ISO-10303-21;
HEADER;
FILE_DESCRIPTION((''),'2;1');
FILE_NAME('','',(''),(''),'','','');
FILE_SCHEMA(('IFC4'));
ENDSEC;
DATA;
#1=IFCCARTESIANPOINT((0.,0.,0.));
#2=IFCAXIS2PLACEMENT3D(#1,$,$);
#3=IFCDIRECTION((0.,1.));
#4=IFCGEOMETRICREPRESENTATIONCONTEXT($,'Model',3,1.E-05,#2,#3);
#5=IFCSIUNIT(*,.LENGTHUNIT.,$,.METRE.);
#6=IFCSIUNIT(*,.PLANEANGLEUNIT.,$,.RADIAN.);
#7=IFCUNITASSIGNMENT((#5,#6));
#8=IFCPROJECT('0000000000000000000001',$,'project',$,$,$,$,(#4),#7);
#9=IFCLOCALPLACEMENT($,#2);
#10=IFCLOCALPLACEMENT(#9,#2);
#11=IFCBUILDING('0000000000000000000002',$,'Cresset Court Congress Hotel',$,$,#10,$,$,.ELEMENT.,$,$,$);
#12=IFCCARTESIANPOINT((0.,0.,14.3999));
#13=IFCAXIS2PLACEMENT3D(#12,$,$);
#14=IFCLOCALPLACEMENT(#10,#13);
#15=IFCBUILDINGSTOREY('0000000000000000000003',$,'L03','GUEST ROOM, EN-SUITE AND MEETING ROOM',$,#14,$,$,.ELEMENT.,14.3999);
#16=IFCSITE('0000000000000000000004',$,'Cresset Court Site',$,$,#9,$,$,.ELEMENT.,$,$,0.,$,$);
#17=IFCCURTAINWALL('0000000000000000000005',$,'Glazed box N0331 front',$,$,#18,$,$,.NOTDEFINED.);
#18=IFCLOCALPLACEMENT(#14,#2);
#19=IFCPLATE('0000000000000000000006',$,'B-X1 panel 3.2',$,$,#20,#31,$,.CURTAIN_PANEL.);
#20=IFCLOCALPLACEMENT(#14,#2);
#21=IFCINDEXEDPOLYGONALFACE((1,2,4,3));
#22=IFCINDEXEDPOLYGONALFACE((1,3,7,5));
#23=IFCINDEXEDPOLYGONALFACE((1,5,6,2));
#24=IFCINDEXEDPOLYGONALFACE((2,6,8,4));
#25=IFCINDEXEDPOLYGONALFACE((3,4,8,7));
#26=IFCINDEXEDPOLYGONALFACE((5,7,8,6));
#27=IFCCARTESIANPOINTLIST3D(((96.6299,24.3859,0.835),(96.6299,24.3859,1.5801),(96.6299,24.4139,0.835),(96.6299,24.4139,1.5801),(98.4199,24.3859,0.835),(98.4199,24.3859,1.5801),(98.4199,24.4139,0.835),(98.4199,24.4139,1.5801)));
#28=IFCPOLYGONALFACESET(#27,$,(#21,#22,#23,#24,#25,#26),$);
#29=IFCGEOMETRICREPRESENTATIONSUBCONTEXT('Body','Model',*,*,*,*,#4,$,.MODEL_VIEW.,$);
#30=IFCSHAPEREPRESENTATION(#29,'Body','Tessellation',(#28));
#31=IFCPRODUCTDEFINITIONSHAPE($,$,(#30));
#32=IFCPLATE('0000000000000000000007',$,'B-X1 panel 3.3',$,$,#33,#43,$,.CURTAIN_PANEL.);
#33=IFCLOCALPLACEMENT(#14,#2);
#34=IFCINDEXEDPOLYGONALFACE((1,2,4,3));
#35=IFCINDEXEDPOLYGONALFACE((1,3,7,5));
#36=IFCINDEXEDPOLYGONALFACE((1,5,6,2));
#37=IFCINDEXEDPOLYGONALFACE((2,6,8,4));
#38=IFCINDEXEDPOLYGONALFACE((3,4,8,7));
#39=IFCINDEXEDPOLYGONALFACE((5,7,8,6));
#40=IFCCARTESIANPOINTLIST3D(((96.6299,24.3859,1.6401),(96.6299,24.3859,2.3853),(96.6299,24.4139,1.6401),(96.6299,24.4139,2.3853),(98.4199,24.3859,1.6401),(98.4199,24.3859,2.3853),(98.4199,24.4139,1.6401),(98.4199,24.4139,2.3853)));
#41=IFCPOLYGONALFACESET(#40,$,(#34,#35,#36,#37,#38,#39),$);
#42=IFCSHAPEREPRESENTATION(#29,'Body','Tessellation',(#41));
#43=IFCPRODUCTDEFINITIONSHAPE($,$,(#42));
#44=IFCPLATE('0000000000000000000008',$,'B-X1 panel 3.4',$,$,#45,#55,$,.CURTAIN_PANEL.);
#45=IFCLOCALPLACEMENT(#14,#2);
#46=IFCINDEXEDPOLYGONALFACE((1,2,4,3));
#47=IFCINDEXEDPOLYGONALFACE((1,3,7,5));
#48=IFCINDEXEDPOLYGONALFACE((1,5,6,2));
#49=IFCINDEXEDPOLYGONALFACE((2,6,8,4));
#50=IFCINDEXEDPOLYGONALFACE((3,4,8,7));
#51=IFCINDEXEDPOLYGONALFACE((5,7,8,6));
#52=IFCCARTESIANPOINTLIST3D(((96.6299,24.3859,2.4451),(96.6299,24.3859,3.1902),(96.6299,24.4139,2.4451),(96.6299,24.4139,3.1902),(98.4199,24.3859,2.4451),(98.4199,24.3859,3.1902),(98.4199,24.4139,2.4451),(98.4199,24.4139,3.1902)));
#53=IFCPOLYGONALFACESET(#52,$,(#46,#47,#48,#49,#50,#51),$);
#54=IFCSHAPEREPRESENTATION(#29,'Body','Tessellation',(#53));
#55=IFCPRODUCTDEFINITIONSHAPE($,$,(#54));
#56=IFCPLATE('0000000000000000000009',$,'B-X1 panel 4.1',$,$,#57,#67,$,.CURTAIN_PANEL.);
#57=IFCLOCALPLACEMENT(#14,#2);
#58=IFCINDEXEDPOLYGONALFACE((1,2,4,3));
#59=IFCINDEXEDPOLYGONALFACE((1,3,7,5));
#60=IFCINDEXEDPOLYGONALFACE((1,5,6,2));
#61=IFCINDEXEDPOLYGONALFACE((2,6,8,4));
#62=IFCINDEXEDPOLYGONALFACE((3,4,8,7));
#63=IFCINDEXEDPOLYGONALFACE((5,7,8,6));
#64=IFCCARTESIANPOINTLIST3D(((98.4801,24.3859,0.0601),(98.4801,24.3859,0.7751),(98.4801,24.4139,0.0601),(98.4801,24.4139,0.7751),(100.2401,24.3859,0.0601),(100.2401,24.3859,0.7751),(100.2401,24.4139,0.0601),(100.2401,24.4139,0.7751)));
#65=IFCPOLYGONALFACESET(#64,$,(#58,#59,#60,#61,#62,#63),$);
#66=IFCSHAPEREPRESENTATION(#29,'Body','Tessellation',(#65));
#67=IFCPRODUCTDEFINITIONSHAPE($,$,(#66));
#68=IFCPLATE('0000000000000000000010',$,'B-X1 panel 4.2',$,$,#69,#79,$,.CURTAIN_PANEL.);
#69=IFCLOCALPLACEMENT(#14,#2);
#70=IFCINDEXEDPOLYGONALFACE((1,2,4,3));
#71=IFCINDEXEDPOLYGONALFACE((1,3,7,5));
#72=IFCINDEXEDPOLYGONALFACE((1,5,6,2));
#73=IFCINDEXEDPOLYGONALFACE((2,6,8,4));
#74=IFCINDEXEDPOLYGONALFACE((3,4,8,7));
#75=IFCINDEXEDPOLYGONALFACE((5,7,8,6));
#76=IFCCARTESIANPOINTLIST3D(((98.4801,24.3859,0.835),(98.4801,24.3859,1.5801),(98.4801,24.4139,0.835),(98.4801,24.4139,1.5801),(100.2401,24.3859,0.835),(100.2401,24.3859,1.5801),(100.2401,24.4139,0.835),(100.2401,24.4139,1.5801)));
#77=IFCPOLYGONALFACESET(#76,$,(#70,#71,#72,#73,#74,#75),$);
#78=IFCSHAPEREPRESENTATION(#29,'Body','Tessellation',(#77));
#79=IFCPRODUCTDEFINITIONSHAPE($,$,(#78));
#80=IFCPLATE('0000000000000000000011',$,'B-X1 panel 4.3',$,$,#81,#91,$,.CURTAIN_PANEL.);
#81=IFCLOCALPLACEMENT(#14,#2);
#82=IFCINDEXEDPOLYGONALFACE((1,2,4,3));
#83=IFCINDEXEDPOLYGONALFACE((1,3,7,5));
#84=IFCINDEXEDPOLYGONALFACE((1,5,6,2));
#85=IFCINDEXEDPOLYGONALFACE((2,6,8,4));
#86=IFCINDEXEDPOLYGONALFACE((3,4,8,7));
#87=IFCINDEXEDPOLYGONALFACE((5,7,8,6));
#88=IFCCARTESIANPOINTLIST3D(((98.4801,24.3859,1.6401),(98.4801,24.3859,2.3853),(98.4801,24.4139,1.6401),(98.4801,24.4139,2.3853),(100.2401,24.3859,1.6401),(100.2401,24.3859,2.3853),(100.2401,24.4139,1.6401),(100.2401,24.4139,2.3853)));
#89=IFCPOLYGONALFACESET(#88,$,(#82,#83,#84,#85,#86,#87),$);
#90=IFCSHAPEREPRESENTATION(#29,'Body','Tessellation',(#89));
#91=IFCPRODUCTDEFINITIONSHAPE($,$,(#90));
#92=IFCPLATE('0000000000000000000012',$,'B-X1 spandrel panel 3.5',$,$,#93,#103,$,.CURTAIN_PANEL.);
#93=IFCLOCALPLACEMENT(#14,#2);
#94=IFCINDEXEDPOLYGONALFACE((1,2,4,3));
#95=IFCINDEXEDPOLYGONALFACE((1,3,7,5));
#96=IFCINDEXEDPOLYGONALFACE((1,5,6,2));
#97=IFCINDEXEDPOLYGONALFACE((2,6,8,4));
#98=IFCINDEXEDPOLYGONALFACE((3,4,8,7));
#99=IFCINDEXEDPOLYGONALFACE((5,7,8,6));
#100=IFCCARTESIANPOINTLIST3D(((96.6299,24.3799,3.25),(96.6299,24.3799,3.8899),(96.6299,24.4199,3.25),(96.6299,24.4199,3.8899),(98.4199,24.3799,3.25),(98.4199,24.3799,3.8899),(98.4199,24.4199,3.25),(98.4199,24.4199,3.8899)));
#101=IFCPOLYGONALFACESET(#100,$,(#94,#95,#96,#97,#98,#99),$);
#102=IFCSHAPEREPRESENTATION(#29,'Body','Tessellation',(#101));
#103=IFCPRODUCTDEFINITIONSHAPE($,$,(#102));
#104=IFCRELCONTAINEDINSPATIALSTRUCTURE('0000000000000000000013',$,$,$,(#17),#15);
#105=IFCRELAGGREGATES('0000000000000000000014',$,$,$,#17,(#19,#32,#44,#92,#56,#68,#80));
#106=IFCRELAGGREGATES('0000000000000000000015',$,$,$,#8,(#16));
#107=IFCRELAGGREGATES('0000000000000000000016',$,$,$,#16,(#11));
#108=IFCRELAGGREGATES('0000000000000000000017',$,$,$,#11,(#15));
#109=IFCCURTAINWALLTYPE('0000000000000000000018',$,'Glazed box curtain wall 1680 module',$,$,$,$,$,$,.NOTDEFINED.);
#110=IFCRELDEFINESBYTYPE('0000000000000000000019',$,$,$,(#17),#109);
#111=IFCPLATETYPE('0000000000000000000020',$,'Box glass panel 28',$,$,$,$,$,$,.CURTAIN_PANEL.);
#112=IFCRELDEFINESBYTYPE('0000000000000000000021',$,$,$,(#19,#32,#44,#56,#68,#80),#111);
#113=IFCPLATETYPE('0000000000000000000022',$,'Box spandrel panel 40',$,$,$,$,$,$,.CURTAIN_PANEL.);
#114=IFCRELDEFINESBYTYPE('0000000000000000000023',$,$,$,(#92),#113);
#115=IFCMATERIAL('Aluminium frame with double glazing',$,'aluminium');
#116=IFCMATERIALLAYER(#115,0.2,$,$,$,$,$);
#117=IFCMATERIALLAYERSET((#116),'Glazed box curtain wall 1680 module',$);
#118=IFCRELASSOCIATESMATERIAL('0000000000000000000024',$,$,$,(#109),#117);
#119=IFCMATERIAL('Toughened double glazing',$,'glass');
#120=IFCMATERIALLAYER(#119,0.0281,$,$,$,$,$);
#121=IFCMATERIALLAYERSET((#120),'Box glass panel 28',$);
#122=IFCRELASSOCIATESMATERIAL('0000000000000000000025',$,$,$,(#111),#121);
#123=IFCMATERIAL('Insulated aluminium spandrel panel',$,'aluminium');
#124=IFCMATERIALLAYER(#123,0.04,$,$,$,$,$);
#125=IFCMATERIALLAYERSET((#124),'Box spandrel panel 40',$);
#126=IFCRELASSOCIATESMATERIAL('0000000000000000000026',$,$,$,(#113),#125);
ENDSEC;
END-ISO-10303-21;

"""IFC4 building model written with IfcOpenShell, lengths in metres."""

from ifc_helpers import new_model, si_unit, direction, frame, origin, origin_2d, place, context, subcontext, project, spatial, rectangle, extrude, material, layer, layer_set, type_object, element, aggregate, save


model = new_model("IFC4")

# Units and contexts
model_context = context("Model", 3, precision=1e-05, world=origin(), true_north=direction((0.0, 1.0)))
body_context = subcontext(model_context, "Body", "Model", "MODEL_VIEW")
ifc_project = project(units=[si_unit("LENGTHUNIT", "METRE"), si_unit("PLANEANGLEUNIT", "RADIAN")], contexts=[model_context])

# Site, building, storey
site_placement = place(None, origin())
site = spatial("IfcSite", under=ifc_project, at=site_placement, Name="Cresset Court Site", CompositionType="ELEMENT", RefElevation=0.0)
building_placement = place(site_placement, origin())
building = spatial("IfcBuilding", under=site, at=building_placement, Name="Cresset Court Congress Hotel", CompositionType="ELEMENT")
storey_placement = place(building_placement, frame((0.0, 0.0, 14.3999)))
storey = spatial("IfcBuildingStorey", under=building, at=storey_placement, Name="L03", Description="GUEST ROOM, EN-SUITE AND MEETING ROOM", CompositionType="ELEMENT", Elevation=14.3999)

# Curtain wall, plates
ifc_material_1 = material(Name="Aluminium frame with double glazing", Category="aluminium")
ifc_layer_1 = layer(ifc_material_1, 0.2)
ifc_layer_set_1 = layer_set([ifc_layer_1], Name="Glazed box curtain wall 1680 module")
curtain_wall_type = type_object("IfcCurtainWallType", Name="Glazed box curtain wall 1680 module", PredefinedType="NOTDEFINED", material=ifc_layer_set_1)
curtain_wall_placement = place(storey_placement, origin())
curtain_wall = element("IfcCurtainWall", 1, at=curtain_wall_placement, inside=storey, type_object=curtain_wall_type, Name="Glazed box N0331 front", PredefinedType="NOTDEFINED")
ifc_material_2 = material(Name="Toughened double glazing", Category="glass")
ifc_layer_2 = layer(ifc_material_2, 0.0281)
ifc_layer_set_2 = layer_set([ifc_layer_2], Name="Box glass panel 28")
plate_type_1 = type_object("IfcPlateType", Name="Box glass panel 28", PredefinedType="CURTAIN_PANEL", material=ifc_layer_set_2)
plate_1_placement = place(storey_placement, frame((97.5249, 24.3999, 0.835), z_axis=(0.0, 0.0, 1.0), x_axis=(1.0, 0.0, 0.0)))
plate_1 = element("IfcPlate", 2, at=plate_1_placement, type_object=plate_type_1, Name="B-X1 panel 3.2", PredefinedType="CURTAIN_PANEL", context=body_context, shape_type="SweptSolid", body=[
    extrude(rectangle(XDim=1.79, YDim=0.0281, at=origin_2d()), origin(), (0.0, 0.0, 1.0), 0.7451),
])
plate_2_placement = place(storey_placement, frame((97.5249, 24.3999, 1.6401), z_axis=(0.0, 0.0, 1.0), x_axis=(1.0, 0.0, 0.0)))
plate_2 = element("IfcPlate", 3, at=plate_2_placement, type_object=plate_type_1, Name="B-X1 panel 3.3", PredefinedType="CURTAIN_PANEL", context=body_context, shape_type="SweptSolid", body=[
    extrude(rectangle(XDim=1.79, YDim=0.0281, at=origin_2d()), origin(), (0.0, 0.0, 1.0), 0.7451),
])
plate_3_placement = place(storey_placement, frame((97.5249, 24.3999, 2.4451), z_axis=(0.0, 0.0, 1.0), x_axis=(1.0, 0.0, 0.0)))
plate_3 = element("IfcPlate", 4, at=plate_3_placement, type_object=plate_type_1, Name="B-X1 panel 3.4", PredefinedType="CURTAIN_PANEL", context=body_context, shape_type="SweptSolid", body=[
    extrude(rectangle(XDim=1.79, YDim=0.0281, at=origin_2d()), origin(), (0.0, 0.0, 1.0), 0.7451),
])
plate_4_placement = place(storey_placement, frame((99.3601, 24.3999, 0.0601), z_axis=(0.0, 0.0, 1.0), x_axis=(1.0, 0.0, 0.0)))
plate_4 = element("IfcPlate", 5, at=plate_4_placement, type_object=plate_type_1, Name="B-X1 panel 4.1", PredefinedType="CURTAIN_PANEL", context=body_context, shape_type="SweptSolid", body=[
    extrude(rectangle(XDim=1.76, YDim=0.0281, at=origin_2d()), origin(), (0.0, 0.0, 1.0), 0.7151),
])
plate_5_placement = place(storey_placement, frame((99.3601, 24.3999, 0.835), z_axis=(0.0, 0.0, 1.0), x_axis=(1.0, 0.0, 0.0)))
plate_5 = element("IfcPlate", 6, at=plate_5_placement, type_object=plate_type_1, Name="B-X1 panel 4.2", PredefinedType="CURTAIN_PANEL", context=body_context, shape_type="SweptSolid", body=[
    extrude(rectangle(XDim=1.76, YDim=0.0281, at=origin_2d()), origin(), (0.0, 0.0, 1.0), 0.7451),
])
plate_6_placement = place(storey_placement, frame((99.3601, 24.3999, 1.6401), z_axis=(0.0, 0.0, 1.0), x_axis=(1.0, 0.0, 0.0)))
plate_6 = element("IfcPlate", 7, at=plate_6_placement, type_object=plate_type_1, Name="B-X1 panel 4.3", PredefinedType="CURTAIN_PANEL", context=body_context, shape_type="SweptSolid", body=[
    extrude(rectangle(XDim=1.76, YDim=0.0281, at=origin_2d()), origin(), (0.0, 0.0, 1.0), 0.7451),
])
ifc_material_3 = material(Name="Insulated aluminium spandrel panel", Category="aluminium")
ifc_layer_3 = layer(ifc_material_3, 0.04)
ifc_layer_set_3 = layer_set([ifc_layer_3], Name="Box spandrel panel 40")
plate_type_2 = type_object("IfcPlateType", Name="Box spandrel panel 40", PredefinedType="CURTAIN_PANEL", material=ifc_layer_set_3)
plate_7_placement = place(storey_placement, frame((97.5249, 24.3999, 3.25), z_axis=(0.0, 0.0, 1.0), x_axis=(1.0, 0.0, 0.0)))
plate_7 = element("IfcPlate", 8, at=plate_7_placement, type_object=plate_type_2, Name="B-X1 spandrel panel 3.5", PredefinedType="CURTAIN_PANEL", context=body_context, shape_type="SweptSolid", body=[
    extrude(rectangle(XDim=1.79, YDim=0.04, at=origin_2d()), origin(), (0.0, 0.0, 1.0), 0.6399),
])
aggregate(curtain_wall, [plate_1, plate_2, plate_3, plate_7, plate_4, plate_5, plate_6])

save(model, "model.ifc")
